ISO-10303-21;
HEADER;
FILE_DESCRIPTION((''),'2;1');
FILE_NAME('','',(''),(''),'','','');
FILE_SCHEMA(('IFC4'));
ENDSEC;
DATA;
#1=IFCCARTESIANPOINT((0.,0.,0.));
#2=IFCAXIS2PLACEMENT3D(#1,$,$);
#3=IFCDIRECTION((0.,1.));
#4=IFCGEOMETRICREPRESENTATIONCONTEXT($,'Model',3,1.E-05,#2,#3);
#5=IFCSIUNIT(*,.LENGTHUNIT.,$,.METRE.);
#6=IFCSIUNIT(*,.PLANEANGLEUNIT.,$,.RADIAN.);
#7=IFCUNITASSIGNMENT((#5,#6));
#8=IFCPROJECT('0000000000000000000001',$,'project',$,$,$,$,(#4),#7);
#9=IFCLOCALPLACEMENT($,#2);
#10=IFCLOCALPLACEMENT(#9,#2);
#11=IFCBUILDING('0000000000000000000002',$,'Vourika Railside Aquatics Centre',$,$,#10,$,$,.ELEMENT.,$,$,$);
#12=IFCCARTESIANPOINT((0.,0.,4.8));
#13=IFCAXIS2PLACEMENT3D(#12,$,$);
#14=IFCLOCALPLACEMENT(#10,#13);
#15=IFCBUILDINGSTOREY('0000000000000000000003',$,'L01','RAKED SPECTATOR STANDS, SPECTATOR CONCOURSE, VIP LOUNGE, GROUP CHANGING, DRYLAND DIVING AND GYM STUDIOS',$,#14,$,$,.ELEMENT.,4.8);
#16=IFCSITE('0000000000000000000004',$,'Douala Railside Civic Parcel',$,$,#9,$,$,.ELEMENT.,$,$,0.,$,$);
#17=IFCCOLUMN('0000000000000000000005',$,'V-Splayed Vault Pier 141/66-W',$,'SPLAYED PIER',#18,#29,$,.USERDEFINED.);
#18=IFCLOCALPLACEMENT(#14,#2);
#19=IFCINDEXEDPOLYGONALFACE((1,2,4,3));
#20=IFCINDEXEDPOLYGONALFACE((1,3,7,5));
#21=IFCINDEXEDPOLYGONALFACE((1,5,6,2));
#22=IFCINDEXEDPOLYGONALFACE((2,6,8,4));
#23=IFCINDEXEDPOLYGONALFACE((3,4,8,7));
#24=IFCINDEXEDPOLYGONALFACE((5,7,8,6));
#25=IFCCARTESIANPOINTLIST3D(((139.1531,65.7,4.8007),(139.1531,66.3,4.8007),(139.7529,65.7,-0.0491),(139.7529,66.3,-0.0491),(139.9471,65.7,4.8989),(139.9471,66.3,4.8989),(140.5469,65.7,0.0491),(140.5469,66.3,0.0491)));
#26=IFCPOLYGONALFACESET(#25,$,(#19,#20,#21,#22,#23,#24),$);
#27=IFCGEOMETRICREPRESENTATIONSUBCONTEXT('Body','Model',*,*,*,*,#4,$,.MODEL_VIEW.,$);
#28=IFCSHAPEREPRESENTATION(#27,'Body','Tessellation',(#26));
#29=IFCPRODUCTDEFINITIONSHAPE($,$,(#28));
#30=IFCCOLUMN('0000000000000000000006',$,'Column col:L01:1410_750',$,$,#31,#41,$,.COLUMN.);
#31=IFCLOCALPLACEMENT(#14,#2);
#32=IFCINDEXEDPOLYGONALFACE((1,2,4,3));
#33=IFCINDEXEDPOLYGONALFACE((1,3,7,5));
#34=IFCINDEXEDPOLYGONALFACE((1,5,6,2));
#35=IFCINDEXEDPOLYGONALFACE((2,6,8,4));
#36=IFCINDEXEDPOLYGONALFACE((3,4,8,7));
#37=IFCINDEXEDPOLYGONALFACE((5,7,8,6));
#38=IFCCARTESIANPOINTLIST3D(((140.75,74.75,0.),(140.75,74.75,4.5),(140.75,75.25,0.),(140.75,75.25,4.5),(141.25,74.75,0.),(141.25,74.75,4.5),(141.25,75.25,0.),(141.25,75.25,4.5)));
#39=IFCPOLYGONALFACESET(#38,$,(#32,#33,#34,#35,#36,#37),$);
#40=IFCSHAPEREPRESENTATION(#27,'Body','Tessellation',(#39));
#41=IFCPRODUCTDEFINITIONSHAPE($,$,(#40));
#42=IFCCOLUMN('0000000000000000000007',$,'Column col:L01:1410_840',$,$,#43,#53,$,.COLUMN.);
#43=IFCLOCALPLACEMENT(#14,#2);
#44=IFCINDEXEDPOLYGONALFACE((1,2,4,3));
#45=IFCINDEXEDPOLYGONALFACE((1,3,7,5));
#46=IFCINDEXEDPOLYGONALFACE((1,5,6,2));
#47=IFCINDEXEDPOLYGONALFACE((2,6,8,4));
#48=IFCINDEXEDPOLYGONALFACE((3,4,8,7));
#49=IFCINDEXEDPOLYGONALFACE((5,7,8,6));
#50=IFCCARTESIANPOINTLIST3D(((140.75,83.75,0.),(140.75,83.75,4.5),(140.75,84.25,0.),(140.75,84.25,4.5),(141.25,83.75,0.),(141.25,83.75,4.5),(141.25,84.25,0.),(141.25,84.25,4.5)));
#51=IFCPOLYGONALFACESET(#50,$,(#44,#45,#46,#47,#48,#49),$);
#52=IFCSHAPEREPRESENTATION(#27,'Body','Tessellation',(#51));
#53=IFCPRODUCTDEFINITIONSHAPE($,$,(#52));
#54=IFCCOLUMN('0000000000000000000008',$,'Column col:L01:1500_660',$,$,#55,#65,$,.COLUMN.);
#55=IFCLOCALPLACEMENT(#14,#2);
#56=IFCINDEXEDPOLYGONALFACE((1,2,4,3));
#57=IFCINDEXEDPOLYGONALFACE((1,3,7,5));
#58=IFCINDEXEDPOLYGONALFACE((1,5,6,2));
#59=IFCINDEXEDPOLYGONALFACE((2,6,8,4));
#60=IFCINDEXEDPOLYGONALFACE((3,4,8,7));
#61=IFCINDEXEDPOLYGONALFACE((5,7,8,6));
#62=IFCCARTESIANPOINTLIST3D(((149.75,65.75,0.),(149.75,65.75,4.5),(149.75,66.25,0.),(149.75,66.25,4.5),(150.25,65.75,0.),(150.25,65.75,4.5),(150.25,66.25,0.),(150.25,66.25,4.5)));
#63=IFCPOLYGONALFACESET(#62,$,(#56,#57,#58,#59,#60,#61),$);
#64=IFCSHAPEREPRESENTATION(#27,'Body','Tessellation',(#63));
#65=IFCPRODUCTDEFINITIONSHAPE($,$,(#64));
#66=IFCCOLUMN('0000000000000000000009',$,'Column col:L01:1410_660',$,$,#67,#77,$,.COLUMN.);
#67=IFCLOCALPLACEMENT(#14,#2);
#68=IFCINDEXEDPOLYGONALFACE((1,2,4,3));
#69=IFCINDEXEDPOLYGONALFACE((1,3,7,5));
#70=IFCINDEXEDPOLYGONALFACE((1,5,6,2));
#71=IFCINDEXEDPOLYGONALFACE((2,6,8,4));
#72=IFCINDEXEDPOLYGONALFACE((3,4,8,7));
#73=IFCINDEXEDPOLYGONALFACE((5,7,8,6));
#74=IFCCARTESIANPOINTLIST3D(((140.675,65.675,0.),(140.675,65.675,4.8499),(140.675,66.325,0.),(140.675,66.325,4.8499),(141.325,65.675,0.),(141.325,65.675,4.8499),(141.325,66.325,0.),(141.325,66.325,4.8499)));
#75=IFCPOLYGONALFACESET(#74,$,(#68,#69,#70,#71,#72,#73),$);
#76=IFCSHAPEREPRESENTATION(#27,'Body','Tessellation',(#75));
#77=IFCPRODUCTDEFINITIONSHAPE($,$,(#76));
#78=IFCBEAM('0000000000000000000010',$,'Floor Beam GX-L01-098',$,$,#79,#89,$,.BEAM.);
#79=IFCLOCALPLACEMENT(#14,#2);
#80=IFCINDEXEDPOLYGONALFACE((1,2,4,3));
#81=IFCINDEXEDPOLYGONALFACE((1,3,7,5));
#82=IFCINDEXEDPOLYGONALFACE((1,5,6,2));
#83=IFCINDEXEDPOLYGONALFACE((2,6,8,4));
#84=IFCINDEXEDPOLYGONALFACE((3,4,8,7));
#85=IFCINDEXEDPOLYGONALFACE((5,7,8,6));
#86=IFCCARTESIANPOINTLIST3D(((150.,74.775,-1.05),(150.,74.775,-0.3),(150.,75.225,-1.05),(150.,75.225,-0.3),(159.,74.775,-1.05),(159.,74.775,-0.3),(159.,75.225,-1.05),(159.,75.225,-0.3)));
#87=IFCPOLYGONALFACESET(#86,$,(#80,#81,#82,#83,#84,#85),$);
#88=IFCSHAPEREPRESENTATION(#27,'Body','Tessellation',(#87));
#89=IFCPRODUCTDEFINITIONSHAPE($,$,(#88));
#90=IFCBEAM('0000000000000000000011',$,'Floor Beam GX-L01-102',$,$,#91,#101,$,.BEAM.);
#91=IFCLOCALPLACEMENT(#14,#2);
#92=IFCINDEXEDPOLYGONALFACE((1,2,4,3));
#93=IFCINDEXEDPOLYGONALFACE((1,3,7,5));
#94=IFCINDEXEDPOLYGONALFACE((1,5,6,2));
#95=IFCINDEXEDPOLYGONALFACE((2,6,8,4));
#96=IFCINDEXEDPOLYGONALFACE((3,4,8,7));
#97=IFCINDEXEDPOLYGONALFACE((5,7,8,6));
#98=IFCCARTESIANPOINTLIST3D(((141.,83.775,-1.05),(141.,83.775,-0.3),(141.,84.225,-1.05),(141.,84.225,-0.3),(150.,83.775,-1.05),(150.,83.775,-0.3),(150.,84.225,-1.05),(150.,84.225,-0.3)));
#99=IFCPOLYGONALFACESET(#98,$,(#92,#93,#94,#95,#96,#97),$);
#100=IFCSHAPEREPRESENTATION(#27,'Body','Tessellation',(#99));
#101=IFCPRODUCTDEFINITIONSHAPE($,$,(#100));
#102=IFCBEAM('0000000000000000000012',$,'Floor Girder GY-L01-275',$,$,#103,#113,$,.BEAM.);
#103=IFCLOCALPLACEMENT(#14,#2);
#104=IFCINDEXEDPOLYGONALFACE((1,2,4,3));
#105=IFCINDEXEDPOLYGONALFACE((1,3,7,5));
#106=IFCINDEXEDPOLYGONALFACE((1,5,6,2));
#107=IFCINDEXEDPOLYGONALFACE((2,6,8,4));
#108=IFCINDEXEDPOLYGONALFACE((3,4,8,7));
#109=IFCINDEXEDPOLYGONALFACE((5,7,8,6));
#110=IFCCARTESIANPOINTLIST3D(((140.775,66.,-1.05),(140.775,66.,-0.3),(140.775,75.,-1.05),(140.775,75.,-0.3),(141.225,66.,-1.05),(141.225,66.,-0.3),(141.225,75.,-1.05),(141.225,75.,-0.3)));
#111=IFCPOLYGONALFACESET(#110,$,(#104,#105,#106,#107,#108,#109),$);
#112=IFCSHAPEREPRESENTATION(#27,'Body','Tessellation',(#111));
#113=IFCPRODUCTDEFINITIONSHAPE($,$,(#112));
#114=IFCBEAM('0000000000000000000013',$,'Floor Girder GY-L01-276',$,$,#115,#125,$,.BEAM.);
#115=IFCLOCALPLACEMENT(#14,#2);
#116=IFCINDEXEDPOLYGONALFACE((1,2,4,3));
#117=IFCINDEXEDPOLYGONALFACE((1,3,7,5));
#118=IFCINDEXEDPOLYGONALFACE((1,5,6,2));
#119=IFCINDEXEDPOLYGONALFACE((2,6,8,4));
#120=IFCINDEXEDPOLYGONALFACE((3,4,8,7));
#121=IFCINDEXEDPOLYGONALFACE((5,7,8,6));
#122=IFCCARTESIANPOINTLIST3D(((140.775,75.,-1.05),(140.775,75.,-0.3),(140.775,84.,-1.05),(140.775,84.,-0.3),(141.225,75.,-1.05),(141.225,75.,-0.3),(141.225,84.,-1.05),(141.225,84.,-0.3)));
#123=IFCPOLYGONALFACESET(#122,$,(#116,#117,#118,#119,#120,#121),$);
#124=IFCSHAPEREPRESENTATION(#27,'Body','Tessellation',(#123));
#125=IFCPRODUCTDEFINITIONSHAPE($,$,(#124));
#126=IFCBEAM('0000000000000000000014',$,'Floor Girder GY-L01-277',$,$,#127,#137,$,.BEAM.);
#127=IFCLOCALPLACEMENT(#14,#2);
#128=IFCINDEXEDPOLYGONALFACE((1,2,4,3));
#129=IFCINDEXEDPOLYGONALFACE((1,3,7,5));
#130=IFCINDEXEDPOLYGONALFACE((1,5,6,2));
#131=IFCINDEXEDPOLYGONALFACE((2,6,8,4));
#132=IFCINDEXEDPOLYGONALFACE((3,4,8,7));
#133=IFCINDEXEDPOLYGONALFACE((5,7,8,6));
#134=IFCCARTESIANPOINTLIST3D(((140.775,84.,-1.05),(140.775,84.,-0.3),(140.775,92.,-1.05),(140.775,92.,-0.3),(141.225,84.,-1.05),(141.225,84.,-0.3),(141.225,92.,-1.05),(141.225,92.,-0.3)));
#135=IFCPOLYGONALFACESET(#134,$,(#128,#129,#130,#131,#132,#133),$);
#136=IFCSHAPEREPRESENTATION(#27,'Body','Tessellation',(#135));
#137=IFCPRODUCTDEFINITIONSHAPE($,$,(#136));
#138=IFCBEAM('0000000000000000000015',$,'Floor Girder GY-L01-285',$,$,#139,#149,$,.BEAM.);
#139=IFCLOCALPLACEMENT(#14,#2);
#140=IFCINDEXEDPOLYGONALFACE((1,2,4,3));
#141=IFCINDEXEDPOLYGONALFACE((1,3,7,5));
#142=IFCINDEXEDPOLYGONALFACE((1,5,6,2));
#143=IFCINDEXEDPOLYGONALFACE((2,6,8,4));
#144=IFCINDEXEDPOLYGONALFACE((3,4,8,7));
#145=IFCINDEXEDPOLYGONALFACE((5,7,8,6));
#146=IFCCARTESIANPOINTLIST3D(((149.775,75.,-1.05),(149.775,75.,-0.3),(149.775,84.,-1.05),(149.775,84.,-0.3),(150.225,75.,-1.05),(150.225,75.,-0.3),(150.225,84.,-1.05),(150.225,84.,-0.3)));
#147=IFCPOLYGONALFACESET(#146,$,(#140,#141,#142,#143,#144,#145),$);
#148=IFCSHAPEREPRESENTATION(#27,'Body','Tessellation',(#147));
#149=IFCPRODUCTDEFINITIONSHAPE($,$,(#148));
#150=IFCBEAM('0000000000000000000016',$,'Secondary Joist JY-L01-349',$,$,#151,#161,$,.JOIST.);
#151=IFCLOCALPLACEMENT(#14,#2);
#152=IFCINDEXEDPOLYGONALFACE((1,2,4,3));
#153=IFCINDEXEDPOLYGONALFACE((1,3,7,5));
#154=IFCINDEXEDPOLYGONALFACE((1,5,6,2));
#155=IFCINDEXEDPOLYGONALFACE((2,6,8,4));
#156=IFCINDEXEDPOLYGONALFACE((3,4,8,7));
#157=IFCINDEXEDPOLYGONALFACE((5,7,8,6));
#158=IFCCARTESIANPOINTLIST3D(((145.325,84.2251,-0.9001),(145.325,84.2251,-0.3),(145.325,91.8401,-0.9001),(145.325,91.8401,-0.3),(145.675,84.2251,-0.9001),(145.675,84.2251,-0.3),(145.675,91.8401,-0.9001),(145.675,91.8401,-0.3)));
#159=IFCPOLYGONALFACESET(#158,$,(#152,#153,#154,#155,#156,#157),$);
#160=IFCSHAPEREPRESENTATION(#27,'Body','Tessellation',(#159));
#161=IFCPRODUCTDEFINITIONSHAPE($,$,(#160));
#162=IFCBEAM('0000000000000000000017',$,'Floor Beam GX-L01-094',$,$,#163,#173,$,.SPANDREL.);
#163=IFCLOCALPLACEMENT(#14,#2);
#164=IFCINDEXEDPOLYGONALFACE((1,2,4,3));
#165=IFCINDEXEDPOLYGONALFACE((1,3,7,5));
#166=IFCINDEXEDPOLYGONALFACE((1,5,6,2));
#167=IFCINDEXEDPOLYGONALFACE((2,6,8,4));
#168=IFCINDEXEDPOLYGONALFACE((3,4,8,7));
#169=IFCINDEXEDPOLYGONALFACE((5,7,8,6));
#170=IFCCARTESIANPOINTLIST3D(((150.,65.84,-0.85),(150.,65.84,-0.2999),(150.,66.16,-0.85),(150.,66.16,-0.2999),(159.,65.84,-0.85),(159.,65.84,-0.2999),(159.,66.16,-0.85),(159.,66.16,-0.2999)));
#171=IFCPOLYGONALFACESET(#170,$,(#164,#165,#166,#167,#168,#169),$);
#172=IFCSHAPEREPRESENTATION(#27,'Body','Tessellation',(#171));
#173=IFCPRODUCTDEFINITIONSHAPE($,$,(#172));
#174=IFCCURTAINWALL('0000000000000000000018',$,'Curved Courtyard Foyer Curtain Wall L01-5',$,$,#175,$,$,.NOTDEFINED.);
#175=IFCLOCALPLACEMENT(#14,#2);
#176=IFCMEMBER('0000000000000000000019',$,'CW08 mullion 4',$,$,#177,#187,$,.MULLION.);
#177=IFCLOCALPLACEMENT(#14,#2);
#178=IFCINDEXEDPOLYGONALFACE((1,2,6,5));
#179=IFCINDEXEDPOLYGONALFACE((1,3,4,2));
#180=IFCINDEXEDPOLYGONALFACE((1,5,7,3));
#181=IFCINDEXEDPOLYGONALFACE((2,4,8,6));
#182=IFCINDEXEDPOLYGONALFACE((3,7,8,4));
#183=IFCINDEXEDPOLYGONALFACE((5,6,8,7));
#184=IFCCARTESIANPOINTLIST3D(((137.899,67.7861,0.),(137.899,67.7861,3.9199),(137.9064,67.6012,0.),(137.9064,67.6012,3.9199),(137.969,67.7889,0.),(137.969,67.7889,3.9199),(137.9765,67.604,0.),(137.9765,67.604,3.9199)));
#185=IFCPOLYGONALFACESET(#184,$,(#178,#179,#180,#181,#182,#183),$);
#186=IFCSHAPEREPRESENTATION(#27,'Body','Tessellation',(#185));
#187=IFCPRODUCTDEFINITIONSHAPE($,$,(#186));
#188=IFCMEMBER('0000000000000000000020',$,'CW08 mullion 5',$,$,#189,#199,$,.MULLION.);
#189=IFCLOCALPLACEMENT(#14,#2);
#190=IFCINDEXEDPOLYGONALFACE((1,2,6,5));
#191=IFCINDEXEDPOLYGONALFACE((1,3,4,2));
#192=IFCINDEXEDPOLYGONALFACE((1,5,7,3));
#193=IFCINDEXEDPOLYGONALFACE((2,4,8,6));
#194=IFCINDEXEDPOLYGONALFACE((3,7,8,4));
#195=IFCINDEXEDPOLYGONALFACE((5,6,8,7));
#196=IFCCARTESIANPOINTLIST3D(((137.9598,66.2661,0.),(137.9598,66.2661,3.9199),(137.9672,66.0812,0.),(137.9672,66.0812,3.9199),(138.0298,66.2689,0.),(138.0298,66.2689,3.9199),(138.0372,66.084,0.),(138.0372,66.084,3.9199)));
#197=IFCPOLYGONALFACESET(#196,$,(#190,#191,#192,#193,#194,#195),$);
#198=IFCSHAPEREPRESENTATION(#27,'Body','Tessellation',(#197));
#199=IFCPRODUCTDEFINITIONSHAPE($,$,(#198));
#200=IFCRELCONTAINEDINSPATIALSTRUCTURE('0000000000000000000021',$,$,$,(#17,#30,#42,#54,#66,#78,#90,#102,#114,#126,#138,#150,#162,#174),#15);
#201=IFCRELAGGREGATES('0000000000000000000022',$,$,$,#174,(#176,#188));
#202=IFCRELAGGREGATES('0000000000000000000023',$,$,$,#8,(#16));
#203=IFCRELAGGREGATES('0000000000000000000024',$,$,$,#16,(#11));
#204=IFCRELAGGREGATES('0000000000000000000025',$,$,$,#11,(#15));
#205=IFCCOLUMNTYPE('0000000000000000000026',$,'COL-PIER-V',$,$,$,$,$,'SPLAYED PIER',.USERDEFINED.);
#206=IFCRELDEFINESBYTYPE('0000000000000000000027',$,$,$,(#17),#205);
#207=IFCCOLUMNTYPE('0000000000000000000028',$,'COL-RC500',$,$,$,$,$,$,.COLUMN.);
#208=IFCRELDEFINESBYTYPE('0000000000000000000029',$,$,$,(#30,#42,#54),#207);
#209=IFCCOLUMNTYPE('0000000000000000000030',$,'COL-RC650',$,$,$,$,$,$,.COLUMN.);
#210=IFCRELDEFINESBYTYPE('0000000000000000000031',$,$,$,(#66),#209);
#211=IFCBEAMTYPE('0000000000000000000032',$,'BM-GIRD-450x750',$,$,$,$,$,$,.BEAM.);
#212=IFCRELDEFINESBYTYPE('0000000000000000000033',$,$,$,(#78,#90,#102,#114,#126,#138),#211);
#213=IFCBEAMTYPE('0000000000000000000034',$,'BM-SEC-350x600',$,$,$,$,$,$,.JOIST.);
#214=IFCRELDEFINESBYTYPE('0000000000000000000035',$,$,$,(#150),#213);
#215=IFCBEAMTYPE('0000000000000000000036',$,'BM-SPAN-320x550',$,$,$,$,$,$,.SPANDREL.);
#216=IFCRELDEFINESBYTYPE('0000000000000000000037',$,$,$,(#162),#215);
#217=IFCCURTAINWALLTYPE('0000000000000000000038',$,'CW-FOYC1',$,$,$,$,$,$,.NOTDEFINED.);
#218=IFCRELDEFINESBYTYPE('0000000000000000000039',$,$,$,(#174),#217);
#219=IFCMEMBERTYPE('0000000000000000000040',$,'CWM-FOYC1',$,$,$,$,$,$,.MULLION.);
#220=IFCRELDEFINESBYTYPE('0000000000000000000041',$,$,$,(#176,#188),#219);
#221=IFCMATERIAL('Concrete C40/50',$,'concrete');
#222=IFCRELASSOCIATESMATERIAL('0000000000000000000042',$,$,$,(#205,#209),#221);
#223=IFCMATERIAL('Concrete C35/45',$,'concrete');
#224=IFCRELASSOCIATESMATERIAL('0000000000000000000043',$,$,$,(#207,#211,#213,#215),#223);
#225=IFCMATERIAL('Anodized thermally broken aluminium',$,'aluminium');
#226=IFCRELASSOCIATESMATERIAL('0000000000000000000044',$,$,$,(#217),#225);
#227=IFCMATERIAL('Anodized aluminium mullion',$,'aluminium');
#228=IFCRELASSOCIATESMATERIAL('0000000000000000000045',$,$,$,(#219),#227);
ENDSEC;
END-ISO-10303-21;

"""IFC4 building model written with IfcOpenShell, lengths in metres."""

from ifc_helpers import new_model, si_unit, direction, frame, origin, origin_2d, place, context, subcontext, project, spatial, rectangle, extrude, material, material_profile, profile_set, type_object, element, aggregate, save


model = new_model("IFC4")

# Units and contexts
model_context = context("Model", 3, precision=1e-05, world=origin(), true_north=direction((0.0, 1.0)))
body_context = subcontext(model_context, "Body", "Model", "MODEL_VIEW")
ifc_project = project(units=[si_unit("LENGTHUNIT", "METRE"), si_unit("PLANEANGLEUNIT", "RADIAN")], contexts=[model_context])

# Site, building, storey
site_placement = place(None, origin())
site = spatial("IfcSite", under=ifc_project, at=site_placement, Name="Douala Railside Civic Parcel", CompositionType="ELEMENT", RefElevation=0.0)
building_placement = place(site_placement, origin())
building = spatial("IfcBuilding", under=site, at=building_placement, Name="Vourika Railside Aquatics Centre", CompositionType="ELEMENT")
storey_placement = place(building_placement, frame((0.0, 0.0, 4.8)))
storey = spatial("IfcBuildingStorey", under=building, at=storey_placement, Name="L01", Description="RAKED SPECTATOR STANDS, SPECTATOR CONCOURSE, VIP LOUNGE, GROUP CHANGING, DRYLAND DIVING AND GYM STUDIOS", CompositionType="ELEMENT", Elevation=4.8)

# Columns
ifc_material_1 = material(Name="Concrete C40/50", Category="concrete")
ifc_material_profile_1 = material_profile(ifc_material_1, rectangle(XDim=0.6001, YDim=0.8, at=origin_2d()), Name="RC 600x800")
ifc_profile_set_1 = profile_set([ifc_material_profile_1], Name="Concrete C40/50")
column_type_1 = type_object("IfcColumnType", Name="COL-PIER-V", ElementType="SPLAYED PIER", PredefinedType="USERDEFINED", material=ifc_profile_set_1)
column_1_placement = place(storey_placement, frame((140.1499, 66.0, 0.0), z_axis=(-0.12275, 0.0, 0.992438), x_axis=(0.0, -1.0, 0.0)))
element("IfcColumn", 1, at=column_1_placement, inside=storey, type_object=column_type_1, Name="V-Splayed Vault Pier 141/66-W", ObjectType="SPLAYED PIER", PredefinedType="USERDEFINED", context=body_context, shape_type="SweptSolid", body=[
    extrude(rectangle(XDim=0.6001, YDim=0.8, at=origin_2d()), origin(), (0.0, 0.0, 1.0), 4.8867),
])
ifc_material_2 = material(Name="Concrete C35/45", Category="concrete")
ifc_material_profile_2 = material_profile(ifc_material_2, rectangle(XDim=0.5, YDim=0.5, at=origin_2d()), Name="RC 500x500")
ifc_profile_set_2 = profile_set([ifc_material_profile_2], Name="Concrete C35/45")
column_type_2 = type_object("IfcColumnType", Name="COL-RC500", PredefinedType="COLUMN", material=ifc_profile_set_2)
for number, where, z_axis, x_axis, name in (
    (2, (141.0, 75.0, 0.0), (0.0, 0.0, 1.0), (1.0, 0.0, 0.0), "Column col:L01:1410_750"),
    (3, (141.0, 84.0, 0.0), (0.0, 0.0, 1.0), (1.0, 0.0, 0.0), "Column col:L01:1410_840"),
    (4, (150.0, 66.0, 0.0), (0.0, 0.0, 1.0), (1.0, 0.0, 0.0), "Column col:L01:1500_660"),
):
    element("IfcColumn", number, at=place(storey_placement, frame(where, z_axis=z_axis, x_axis=x_axis)), inside=storey, type_object=column_type_2, Name=name, PredefinedType="COLUMN", context=body_context, shape_type="SweptSolid", body=[
        extrude(rectangle(XDim=0.5, YDim=0.5, at=origin_2d()), origin(), (0.0, 0.0, 1.0), 4.5),
    ])
ifc_material_profile_3 = material_profile(ifc_material_1, rectangle(XDim=0.6499, YDim=0.6499, at=origin_2d()), Name="RC 650x650")
ifc_profile_set_3 = profile_set([ifc_material_profile_3], Name="Concrete C40/50")
column_type_3 = type_object("IfcColumnType", Name="COL-RC650", PredefinedType="COLUMN", material=ifc_profile_set_3)
column_2_placement = place(storey_placement, frame((141.0, 66.0, 0.0), z_axis=(0.0, 0.0, 1.0), x_axis=(1.0, 0.0, 0.0)))
element("IfcColumn", 5, at=column_2_placement, inside=storey, type_object=column_type_3, Name="Column col:L01:1410_660", PredefinedType="COLUMN", context=body_context, shape_type="SweptSolid", body=[
    extrude(rectangle(XDim=0.6499, YDim=0.6499, at=origin_2d()), origin(), (0.0, 0.0, 1.0), 4.8499),
])

# Beams
ifc_material_profile_4 = material_profile(ifc_material_2, rectangle(XDim=0.45, YDim=0.75, at=origin_2d()), Name="RC 450x750")
ifc_profile_set_4 = profile_set([ifc_material_profile_4], Name="Concrete C35/45")
beam_type_1 = type_object("IfcBeamType", Name="BM-GIRD-450x750", PredefinedType="BEAM", material=ifc_profile_set_4)
for number, where, z_axis, x_axis, name in (
    (6, (150.0, 75.0, -0.675), (1.0, 0.0, 0.0), (0.0, 1.0, 0.0), "Floor Beam GX-L01-098"),
    (7, (141.0, 84.0, -0.675), (1.0, 0.0, 0.0), (0.0, 1.0, 0.0), "Floor Beam GX-L01-102"),
    (8, (141.0, 66.0, -0.675), (0.0, 1.0, 0.0), (-1.0, 0.0, 0.0), "Floor Girder GY-L01-275"),
    (9, (141.0, 75.0, -0.675), (0.0, 1.0, 0.0), (-1.0, 0.0, 0.0), "Floor Girder GY-L01-276"),
):
    element("IfcBeam", number, at=place(storey_placement, frame(where, z_axis=z_axis, x_axis=x_axis)), inside=storey, type_object=beam_type_1, Name=name, PredefinedType="BEAM", context=body_context, shape_type="SweptSolid", body=[
        extrude(rectangle(XDim=0.45, YDim=0.75, at=origin_2d()), origin(), (0.0, 0.0, 1.0), 9.0),
    ])
beam_1_placement = place(storey_placement, frame((141.0, 84.0, -0.675), z_axis=(0.0, 1.0, 0.0), x_axis=(-1.0, 0.0, 0.0)))
element("IfcBeam", 10, at=beam_1_placement, inside=storey, type_object=beam_type_1, Name="Floor Girder GY-L01-277", PredefinedType="BEAM", context=body_context, shape_type="SweptSolid", body=[
    extrude(rectangle(XDim=0.45, YDim=0.75, at=origin_2d()), origin(), (0.0, 0.0, 1.0), 8.0),
])
beam_2_placement = place(storey_placement, frame((150.0, 75.0, -0.675), z_axis=(0.0, 1.0, 0.0), x_axis=(-1.0, 0.0, 0.0)))
element("IfcBeam", 11, at=beam_2_placement, inside=storey, type_object=beam_type_1, Name="Floor Girder GY-L01-285", PredefinedType="BEAM", context=body_context, shape_type="SweptSolid", body=[
    extrude(rectangle(XDim=0.45, YDim=0.75, at=origin_2d()), origin(), (0.0, 0.0, 1.0), 9.0),
])
ifc_material_profile_5 = material_profile(ifc_material_2, rectangle(XDim=0.3501, YDim=0.6001, at=origin_2d()), Name="RC 350x600")
ifc_profile_set_5 = profile_set([ifc_material_profile_5], Name="Concrete C35/45")
beam_type_2 = type_object("IfcBeamType", Name="BM-SEC-350x600", PredefinedType="JOIST", material=ifc_profile_set_5)
beam_3_placement = place(storey_placement, frame((145.5, 84.2251, -0.6001), z_axis=(0.0, 1.0, 0.0), x_axis=(-1.0, 0.0, 0.0)))
element("IfcBeam", 12, at=beam_3_placement, inside=storey, type_object=beam_type_2, Name="Secondary Joist JY-L01-349", PredefinedType="JOIST", context=body_context, shape_type="SweptSolid", body=[
    extrude(rectangle(XDim=0.3501, YDim=0.6001, at=origin_2d()), origin(), (0.0, 0.0, 1.0), 7.615),
])
ifc_material_profile_6 = material_profile(ifc_material_2, rectangle(XDim=0.3201, YDim=0.55, at=origin_2d()), Name="RC 320x550")
ifc_profile_set_6 = profile_set([ifc_material_profile_6], Name="Concrete C35/45")
beam_type_3 = type_object("IfcBeamType", Name="BM-SPAN-320x550", PredefinedType="SPANDREL", material=ifc_profile_set_6)
beam_4_placement = place(storey_placement, frame((150.0, 66.0, -0.575), z_axis=(1.0, 0.0, 0.0), x_axis=(0.0, 1.0, 0.0)))
element("IfcBeam", 13, at=beam_4_placement, inside=storey, type_object=beam_type_3, Name="Floor Beam GX-L01-094", PredefinedType="SPANDREL", context=body_context, shape_type="SweptSolid", body=[
    extrude(rectangle(XDim=0.3201, YDim=0.55, at=origin_2d()), origin(), (0.0, 0.0, 1.0), 9.0),
])

# Curtain wall, members
ifc_material_3 = material(Name="Anodized thermally broken aluminium", Category="aluminium")
curtain_wall_type = type_object("IfcCurtainWallType", Name="CW-FOYC1", PredefinedType="NOTDEFINED", material=ifc_material_3)
curtain_wall_placement = place(storey_placement, origin())
curtain_wall = element("IfcCurtainWall", 14, at=curtain_wall_placement, inside=storey, type_object=curtain_wall_type, Name="Curved Courtyard Foyer Curtain Wall L01-5", PredefinedType="NOTDEFINED")
ifc_material_4 = material(Name="Anodized aluminium mullion", Category="aluminium")
ifc_material_profile_7 = material_profile(ifc_material_4, rectangle(XDim=0.0701, YDim=0.1851, at=origin_2d()), Name="ALU-M 70x185")
ifc_profile_set_7 = profile_set([ifc_material_profile_7], Name="Anodized aluminium mullion")
member_type_1 = type_object("IfcMemberType", Name="CWM-FOYC1", PredefinedType="MULLION", material=ifc_profile_set_7)
member_1_placement = place(storey_placement, frame((137.9377, 67.6951, 0.0), z_axis=(0.0, 0.0, 1.0), x_axis=(0.9992, 0.04, 0.0)))
member_1 = element("IfcMember", 15, at=member_1_placement, type_object=member_type_1, Name="CW08 mullion 4", PredefinedType="MULLION", context=body_context, shape_type="SweptSolid", body=[
    extrude(rectangle(XDim=0.0701, YDim=0.1851, at=origin_2d()), origin(), (0.0, 0.0, 1.0), 3.9199),
])
member_2_placement = place(storey_placement, frame((137.9985, 66.175, 0.0), z_axis=(0.0, 0.0, 1.0), x_axis=(0.9992, 0.04, 0.0)))
member_2 = element("IfcMember", 16, at=member_2_placement, type_object=member_type_1, Name="CW08 mullion 5", PredefinedType="MULLION", context=body_context, shape_type="SweptSolid", body=[
    extrude(rectangle(XDim=0.0701, YDim=0.1851, at=origin_2d()), origin(), (0.0, 0.0, 1.0), 3.9199),
])
aggregate(curtain_wall, [member_1, member_2])

save(model, "model.ifc")
